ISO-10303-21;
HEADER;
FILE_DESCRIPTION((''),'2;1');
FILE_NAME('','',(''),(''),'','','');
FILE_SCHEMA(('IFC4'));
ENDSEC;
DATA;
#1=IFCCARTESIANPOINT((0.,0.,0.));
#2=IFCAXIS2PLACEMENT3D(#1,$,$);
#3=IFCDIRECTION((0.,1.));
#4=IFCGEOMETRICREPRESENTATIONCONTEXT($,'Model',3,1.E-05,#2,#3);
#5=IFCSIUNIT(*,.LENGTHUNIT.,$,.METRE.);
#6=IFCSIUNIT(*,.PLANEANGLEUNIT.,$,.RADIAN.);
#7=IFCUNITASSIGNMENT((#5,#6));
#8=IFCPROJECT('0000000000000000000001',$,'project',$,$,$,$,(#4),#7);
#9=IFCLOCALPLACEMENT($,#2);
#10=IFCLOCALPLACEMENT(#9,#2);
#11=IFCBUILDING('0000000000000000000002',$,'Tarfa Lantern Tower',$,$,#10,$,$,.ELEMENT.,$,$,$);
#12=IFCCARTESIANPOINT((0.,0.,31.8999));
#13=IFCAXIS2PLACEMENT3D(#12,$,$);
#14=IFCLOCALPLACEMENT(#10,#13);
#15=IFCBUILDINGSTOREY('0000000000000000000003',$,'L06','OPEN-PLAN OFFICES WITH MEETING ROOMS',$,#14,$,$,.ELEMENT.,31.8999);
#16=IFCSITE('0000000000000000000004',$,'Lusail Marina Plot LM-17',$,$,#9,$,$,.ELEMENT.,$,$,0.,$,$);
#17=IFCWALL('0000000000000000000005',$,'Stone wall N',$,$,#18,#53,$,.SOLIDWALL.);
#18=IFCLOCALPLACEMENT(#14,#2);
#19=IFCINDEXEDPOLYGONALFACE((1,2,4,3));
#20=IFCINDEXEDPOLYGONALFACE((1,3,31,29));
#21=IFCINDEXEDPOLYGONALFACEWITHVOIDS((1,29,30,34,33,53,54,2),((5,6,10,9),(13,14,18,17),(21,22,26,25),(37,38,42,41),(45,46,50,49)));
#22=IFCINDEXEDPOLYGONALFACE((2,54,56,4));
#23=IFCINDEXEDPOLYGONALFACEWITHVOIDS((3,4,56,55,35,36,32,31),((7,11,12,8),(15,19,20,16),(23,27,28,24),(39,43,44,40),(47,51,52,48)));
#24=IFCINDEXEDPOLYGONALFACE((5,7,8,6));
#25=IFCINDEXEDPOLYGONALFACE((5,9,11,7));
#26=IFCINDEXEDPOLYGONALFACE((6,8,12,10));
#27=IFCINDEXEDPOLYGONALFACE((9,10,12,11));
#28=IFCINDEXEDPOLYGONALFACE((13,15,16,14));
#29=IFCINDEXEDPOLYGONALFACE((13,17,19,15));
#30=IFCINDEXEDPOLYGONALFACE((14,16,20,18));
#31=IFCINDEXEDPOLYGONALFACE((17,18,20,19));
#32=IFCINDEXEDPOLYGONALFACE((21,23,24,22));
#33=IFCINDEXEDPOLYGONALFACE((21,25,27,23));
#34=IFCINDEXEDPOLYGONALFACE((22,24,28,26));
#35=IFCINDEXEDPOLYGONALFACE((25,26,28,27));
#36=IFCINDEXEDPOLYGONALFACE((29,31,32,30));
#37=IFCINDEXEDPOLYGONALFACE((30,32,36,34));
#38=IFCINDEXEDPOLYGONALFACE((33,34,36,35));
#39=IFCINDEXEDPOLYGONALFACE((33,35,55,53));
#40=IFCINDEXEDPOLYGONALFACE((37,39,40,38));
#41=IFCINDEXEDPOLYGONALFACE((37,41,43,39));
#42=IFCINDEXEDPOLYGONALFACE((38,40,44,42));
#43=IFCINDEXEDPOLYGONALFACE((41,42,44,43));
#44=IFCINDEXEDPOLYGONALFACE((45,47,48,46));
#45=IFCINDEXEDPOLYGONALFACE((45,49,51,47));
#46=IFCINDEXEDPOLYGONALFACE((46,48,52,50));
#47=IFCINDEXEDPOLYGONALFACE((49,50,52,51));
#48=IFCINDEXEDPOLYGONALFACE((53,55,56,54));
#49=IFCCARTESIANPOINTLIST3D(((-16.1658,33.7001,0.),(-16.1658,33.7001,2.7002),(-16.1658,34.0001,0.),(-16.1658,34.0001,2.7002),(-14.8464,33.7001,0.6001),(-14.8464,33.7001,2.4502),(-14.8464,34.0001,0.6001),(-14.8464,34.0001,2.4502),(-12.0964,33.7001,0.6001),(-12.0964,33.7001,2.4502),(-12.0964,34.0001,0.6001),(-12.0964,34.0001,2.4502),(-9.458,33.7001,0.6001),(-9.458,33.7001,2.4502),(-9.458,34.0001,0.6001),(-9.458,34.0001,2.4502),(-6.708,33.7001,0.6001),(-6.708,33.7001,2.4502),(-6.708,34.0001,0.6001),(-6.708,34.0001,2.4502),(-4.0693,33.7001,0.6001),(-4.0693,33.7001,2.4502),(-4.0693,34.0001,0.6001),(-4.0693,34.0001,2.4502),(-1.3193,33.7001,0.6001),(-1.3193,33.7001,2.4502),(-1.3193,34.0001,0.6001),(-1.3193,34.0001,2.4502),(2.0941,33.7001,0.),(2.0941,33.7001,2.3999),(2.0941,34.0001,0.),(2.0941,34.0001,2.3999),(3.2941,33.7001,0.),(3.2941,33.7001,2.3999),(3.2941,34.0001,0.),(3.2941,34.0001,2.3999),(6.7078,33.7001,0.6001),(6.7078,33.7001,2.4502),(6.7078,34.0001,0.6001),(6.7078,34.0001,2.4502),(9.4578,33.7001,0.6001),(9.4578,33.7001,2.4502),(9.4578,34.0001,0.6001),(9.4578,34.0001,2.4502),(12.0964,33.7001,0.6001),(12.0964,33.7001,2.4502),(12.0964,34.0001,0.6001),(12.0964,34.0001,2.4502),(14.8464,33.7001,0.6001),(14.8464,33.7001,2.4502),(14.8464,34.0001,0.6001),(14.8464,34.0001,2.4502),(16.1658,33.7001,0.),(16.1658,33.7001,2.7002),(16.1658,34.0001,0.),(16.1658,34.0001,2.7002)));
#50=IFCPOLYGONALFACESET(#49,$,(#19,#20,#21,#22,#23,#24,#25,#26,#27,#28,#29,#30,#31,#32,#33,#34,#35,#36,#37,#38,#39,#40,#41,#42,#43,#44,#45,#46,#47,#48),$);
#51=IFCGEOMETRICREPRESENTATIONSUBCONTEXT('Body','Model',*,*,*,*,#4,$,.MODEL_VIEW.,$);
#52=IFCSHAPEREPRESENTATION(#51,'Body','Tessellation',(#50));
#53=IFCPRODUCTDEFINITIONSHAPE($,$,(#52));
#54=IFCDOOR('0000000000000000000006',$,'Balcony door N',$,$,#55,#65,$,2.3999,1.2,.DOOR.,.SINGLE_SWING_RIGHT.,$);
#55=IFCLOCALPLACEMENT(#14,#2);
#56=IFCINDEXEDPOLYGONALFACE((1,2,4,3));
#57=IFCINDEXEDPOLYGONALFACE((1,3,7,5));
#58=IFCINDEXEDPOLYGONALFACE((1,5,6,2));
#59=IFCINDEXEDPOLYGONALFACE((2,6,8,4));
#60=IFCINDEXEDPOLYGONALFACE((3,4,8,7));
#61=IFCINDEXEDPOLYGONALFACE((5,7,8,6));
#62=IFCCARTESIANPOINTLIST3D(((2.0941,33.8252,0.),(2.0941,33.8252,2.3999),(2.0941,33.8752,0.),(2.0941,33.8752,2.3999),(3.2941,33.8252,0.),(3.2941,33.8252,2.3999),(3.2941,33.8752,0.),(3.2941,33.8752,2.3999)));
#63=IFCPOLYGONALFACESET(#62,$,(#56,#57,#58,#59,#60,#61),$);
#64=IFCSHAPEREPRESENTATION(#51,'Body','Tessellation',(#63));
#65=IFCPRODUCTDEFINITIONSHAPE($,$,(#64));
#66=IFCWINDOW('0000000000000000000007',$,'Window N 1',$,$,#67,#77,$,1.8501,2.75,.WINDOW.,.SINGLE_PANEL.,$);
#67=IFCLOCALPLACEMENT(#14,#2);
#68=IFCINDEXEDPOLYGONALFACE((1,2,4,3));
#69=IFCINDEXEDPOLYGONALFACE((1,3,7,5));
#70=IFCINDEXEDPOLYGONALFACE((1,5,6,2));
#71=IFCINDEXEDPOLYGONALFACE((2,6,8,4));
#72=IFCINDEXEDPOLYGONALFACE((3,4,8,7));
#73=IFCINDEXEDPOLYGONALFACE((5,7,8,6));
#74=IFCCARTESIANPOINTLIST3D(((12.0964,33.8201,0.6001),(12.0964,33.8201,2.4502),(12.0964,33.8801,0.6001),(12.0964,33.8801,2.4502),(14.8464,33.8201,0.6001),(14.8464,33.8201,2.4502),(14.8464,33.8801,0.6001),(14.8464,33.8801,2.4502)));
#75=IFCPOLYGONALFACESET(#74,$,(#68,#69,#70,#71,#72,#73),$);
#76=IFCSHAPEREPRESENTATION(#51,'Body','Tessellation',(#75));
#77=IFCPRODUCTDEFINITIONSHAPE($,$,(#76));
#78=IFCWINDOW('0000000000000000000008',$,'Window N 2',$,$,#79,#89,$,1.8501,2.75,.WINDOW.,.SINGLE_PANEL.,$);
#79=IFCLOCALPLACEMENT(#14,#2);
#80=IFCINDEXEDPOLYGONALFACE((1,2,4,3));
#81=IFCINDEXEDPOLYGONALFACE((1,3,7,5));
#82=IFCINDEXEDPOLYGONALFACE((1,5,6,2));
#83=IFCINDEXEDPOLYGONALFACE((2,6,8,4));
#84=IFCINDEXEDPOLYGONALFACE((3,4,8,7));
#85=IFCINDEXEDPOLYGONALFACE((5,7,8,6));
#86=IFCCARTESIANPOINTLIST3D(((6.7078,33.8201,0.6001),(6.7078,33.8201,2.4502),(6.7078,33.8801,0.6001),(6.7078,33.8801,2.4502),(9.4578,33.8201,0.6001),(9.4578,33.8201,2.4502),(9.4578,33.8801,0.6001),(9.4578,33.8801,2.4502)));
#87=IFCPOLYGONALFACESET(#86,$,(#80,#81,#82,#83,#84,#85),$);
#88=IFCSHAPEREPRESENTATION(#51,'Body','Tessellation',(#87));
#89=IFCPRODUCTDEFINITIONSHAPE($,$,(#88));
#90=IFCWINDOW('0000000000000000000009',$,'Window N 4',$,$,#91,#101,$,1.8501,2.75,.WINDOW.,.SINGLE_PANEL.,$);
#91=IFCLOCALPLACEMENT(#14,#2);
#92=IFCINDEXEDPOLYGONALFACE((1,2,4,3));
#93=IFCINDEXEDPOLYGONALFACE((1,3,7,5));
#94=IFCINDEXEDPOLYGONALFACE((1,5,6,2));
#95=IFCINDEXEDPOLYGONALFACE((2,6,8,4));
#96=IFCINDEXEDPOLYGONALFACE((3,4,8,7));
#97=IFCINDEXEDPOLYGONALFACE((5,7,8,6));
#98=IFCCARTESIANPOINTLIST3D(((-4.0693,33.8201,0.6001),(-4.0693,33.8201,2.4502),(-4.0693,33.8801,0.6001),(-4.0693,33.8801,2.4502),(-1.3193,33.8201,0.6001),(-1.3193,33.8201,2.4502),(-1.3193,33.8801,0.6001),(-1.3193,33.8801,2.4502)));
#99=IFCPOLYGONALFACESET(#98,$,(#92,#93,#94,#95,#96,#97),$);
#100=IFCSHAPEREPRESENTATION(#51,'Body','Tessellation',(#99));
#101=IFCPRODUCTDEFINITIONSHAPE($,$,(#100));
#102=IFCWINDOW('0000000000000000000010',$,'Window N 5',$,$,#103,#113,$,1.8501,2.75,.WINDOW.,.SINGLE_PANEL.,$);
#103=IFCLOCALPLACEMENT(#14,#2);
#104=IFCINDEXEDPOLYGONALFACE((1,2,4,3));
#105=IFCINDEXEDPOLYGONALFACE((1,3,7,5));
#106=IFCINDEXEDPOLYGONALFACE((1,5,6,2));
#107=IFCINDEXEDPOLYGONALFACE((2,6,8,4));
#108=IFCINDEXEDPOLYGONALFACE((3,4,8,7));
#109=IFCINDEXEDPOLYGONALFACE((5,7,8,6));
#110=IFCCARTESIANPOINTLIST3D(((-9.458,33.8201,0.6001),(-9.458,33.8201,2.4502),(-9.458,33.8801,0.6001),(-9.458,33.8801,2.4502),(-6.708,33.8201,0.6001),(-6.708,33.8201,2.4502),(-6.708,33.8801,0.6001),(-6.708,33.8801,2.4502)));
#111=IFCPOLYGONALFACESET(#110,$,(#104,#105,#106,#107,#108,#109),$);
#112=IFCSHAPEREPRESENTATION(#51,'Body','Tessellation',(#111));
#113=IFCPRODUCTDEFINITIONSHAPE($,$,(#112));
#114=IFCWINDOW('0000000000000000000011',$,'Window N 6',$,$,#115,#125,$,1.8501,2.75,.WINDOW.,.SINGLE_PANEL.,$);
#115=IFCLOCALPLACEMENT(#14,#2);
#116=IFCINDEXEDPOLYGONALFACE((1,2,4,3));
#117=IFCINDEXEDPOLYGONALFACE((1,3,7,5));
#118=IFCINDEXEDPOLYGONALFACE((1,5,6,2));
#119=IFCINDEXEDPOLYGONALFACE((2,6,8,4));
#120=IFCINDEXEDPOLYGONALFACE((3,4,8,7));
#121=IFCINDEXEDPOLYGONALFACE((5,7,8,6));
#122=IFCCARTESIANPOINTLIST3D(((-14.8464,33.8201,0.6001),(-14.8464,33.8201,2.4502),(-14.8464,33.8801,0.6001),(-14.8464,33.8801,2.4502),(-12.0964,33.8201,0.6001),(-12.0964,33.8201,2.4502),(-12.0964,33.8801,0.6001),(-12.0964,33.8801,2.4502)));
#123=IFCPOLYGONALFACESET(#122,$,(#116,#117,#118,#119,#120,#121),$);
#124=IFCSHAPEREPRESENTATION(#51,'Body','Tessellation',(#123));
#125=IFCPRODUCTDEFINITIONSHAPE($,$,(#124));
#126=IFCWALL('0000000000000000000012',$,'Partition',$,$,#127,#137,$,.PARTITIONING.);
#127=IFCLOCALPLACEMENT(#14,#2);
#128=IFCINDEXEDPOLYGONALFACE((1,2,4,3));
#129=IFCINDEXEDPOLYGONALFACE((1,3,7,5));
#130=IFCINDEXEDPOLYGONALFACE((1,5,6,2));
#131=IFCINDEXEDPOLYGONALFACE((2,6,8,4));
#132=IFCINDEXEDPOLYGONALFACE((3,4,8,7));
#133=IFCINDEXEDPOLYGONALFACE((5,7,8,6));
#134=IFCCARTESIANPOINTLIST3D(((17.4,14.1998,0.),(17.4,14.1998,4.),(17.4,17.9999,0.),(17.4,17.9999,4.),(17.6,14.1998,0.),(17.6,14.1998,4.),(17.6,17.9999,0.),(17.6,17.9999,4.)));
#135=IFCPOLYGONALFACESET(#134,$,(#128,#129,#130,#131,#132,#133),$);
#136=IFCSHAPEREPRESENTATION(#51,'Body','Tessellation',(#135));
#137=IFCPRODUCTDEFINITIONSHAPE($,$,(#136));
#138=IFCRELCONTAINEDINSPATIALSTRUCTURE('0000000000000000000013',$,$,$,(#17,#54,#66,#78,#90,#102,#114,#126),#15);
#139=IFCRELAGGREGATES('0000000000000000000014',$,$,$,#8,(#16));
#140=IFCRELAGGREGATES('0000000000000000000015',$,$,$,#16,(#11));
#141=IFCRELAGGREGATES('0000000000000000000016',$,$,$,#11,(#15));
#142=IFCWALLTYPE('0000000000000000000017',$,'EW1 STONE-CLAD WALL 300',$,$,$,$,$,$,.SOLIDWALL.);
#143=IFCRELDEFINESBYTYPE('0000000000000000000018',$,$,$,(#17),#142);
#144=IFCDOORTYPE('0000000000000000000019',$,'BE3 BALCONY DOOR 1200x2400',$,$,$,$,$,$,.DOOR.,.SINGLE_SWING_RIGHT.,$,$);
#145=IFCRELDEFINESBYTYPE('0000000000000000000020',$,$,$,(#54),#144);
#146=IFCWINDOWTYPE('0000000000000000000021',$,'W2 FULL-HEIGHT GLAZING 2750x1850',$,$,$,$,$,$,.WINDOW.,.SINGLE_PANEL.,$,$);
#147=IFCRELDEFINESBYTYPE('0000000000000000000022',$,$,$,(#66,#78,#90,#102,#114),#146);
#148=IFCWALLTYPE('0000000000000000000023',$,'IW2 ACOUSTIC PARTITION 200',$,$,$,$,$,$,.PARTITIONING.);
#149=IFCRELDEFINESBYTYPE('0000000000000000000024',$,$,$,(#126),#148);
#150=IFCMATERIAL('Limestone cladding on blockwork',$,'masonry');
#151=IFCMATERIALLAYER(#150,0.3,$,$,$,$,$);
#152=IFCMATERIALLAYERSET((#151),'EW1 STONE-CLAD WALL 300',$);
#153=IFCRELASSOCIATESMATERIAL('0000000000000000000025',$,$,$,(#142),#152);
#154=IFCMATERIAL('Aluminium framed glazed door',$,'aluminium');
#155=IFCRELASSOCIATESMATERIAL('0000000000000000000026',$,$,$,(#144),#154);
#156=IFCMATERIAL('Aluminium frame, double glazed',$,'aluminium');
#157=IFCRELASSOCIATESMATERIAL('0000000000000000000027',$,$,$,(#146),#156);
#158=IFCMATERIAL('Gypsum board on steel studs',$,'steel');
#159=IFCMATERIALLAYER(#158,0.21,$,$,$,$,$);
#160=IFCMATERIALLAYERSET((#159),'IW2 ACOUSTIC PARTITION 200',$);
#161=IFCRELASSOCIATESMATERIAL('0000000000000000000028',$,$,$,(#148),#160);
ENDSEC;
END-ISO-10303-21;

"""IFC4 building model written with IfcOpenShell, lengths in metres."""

from ifc_helpers import new_model, si_unit, direction, frame, frame_2d, origin, place, context, subcontext, project, spatial, rectangle, extrude, material, layer, layer_set, type_object, element, fill, save


model = new_model("IFC4")

# Units and contexts
model_context = context("Model", 3, precision=1e-05, world=origin(), true_north=direction((0.0, 1.0)))
body_context = subcontext(model_context, "Body", "Model", "MODEL_VIEW")
ifc_project = project(units=[si_unit("LENGTHUNIT", "METRE"), si_unit("PLANEANGLEUNIT", "RADIAN")], contexts=[model_context])

# Site, building, storey
site_placement = place(None, origin())
site = spatial("IfcSite", under=ifc_project, at=site_placement, Name="Lusail Marina Plot LM-17", CompositionType="ELEMENT", RefElevation=0.0)
building_placement = place(site_placement, origin())
building = spatial("IfcBuilding", under=site, at=building_placement, Name="Tarfa Lantern Tower", CompositionType="ELEMENT")
storey_placement = place(building_placement, frame((0.0, 0.0, 31.8999)))
storey = spatial("IfcBuildingStorey", under=building, at=storey_placement, Name="L06", Description="OPEN-PLAN OFFICES WITH MEETING ROOMS", CompositionType="ELEMENT", Elevation=31.8999)

# Wall, openings, door, windows
ifc_material_1 = material(Name="Limestone cladding on blockwork", Category="masonry")
ifc_layer_1 = layer(ifc_material_1, 0.3)
ifc_layer_set_1 = layer_set([ifc_layer_1], Name="EW1 STONE-CLAD WALL 300")
wall_type_1 = type_object("IfcWallType", Name="EW1 STONE-CLAD WALL 300", PredefinedType="SOLIDWALL", material=ifc_layer_set_1)
wall_1_placement = place(storey_placement, frame((16.1658, 33.8501, 0.0), z_axis=(0.0, 0.0, 1.0), x_axis=(-1.0, 0.0, 0.0)))
wall_1 = element("IfcWall", 1, at=wall_1_placement, inside=storey, type_object=wall_type_1, Name="Stone wall N", PredefinedType="SOLIDWALL", context=body_context, shape_type="SweptSolid", body=[
    extrude(rectangle(XDim=32.3315, YDim=0.3, at=frame_2d((16.1658, 0.0))), origin(), (0.0, 0.0, 1.0), 2.7002),
])
opening_1_placement = place(wall_1_placement, frame((1.3193, 0.0, 0.6001)))
opening_1 = element("IfcOpeningElement", 2, at=opening_1_placement, cuts=wall_1, PredefinedType="OPENING", context=body_context, shape_type="SweptSolid", body=[
    extrude(rectangle(XDim=2.75, YDim=1.8501, at=frame_2d((1.375, 0.925))), frame((0.0, 0.1599, 0.0), z_axis=(0.0, -1.0, 0.0), x_axis=(1.0, 0.0, 0.0)), (0.0, 0.0, 1.0), 0.3201),
])
opening_2_placement = place(wall_1_placement, frame((6.708, 0.0, 0.6001)))
opening_2 = element("IfcOpeningElement", 3, at=opening_2_placement, cuts=wall_1, PredefinedType="OPENING", context=body_context, shape_type="SweptSolid", body=[
    extrude(rectangle(XDim=2.75, YDim=1.8501, at=frame_2d((1.375, 0.925))), frame((0.0, 0.1599, 0.0), z_axis=(0.0, -1.0, 0.0), x_axis=(1.0, 0.0, 0.0)), (0.0, 0.0, 1.0), 0.3201),
])
opening_3_placement = place(wall_1_placement, frame((12.8716, 0.0, 0.0)))
opening_3 = element("IfcOpeningElement", 4, at=opening_3_placement, cuts=wall_1, PredefinedType="OPENING", context=body_context, shape_type="SweptSolid", body=[
    extrude(rectangle(XDim=1.2, YDim=2.3999, at=frame_2d((0.6001, 1.2))), frame((0.0, 0.1599, 0.0), z_axis=(0.0, -1.0, 0.0), x_axis=(1.0, 0.0, 0.0)), (0.0, 0.0, 1.0), 0.3201),
])
opening_4_placement = place(wall_1_placement, frame((17.4851, 0.0, 0.6001)))
opening_4 = element("IfcOpeningElement", 5, at=opening_4_placement, cuts=wall_1, PredefinedType="OPENING", context=body_context, shape_type="SweptSolid", body=[
    extrude(rectangle(XDim=2.75, YDim=1.8501, at=frame_2d((1.375, 0.925))), frame((0.0, 0.1599, 0.0), z_axis=(0.0, -1.0, 0.0), x_axis=(1.0, 0.0, 0.0)), (0.0, 0.0, 1.0), 0.3201),
])
opening_5_placement = place(wall_1_placement, frame((22.8738, 0.0, 0.6001)))
opening_5 = element("IfcOpeningElement", 6, at=opening_5_placement, cuts=wall_1, PredefinedType="OPENING", context=body_context, shape_type="SweptSolid", body=[
    extrude(rectangle(XDim=2.75, YDim=1.8501, at=frame_2d((1.375, 0.925))), frame((0.0, 0.1599, 0.0), z_axis=(0.0, -1.0, 0.0), x_axis=(1.0, 0.0, 0.0)), (0.0, 0.0, 1.0), 0.3201),
])
opening_6_placement = place(wall_1_placement, frame((28.2622, 0.0, 0.6001)))
opening_6 = element("IfcOpeningElement", 7, at=opening_6_placement, cuts=wall_1, PredefinedType="OPENING", context=body_context, shape_type="SweptSolid", body=[
    extrude(rectangle(XDim=2.75, YDim=1.8501, at=frame_2d((1.375, 0.925))), frame((0.0, 0.1599, 0.0), z_axis=(0.0, -1.0, 0.0), x_axis=(1.0, 0.0, 0.0)), (0.0, 0.0, 1.0), 0.3201),
])
ifc_material_2 = material(Name="Aluminium framed glazed door", Category="aluminium")
door_type_1 = type_object("IfcDoorType", Name="BE3 BALCONY DOOR 1200x2400", OperationType="SINGLE_SWING_RIGHT", PredefinedType="DOOR", material=ifc_material_2)
door_1_placement = place(opening_3_placement, origin())
door_1 = element("IfcDoor", 8, at=door_1_placement, inside=storey, type_object=door_type_1, Name="Balcony door N", OperationType="SINGLE_SWING_RIGHT", OverallHeight=2.3999, OverallWidth=1.2, PredefinedType="DOOR", context=body_context, shape_type="SweptSolid", body=[
    extrude(rectangle(XDim=1.2, YDim=2.3999, at=frame_2d((0.6001, 1.2))), frame((0.0, 0.0249, 0.0), z_axis=(0.0, -1.0, 0.0), x_axis=(1.0, 0.0, 0.0)), (0.0, 0.0, 1.0), 0.05),
])
fill(opening_3, door_1)
ifc_material_3 = material(Name="Aluminium frame, double glazed", Category="aluminium")
window_type = type_object("IfcWindowType", Name="W2 FULL-HEIGHT GLAZING 2750x1850", PartitioningType="SINGLE_PANEL", PredefinedType="WINDOW", material=ifc_material_3)
window_1_placement = place(opening_1_placement, origin())
window_1 = element("IfcWindow", 9, at=window_1_placement, inside=storey, type_object=window_type, Name="Window N 1", OverallHeight=1.8501, OverallWidth=2.75, PartitioningType="SINGLE_PANEL", PredefinedType="WINDOW", context=body_context, shape_type="SweptSolid", body=[
    extrude(rectangle(XDim=2.75, YDim=1.8501, at=frame_2d((1.375, 0.925))), frame((0.0, 0.03, 0.0), z_axis=(0.0, -1.0, 0.0), x_axis=(1.0, 0.0, 0.0)), (0.0, 0.0, 1.0), 0.0601),
])
fill(opening_1, window_1)
window_2_placement = place(opening_2_placement, origin())
window_2 = element("IfcWindow", 10, at=window_2_placement, inside=storey, type_object=window_type, Name="Window N 2", OverallHeight=1.8501, OverallWidth=2.75, PartitioningType="SINGLE_PANEL", PredefinedType="WINDOW", context=body_context, shape_type="SweptSolid", body=[
    extrude(rectangle(XDim=2.75, YDim=1.8501, at=frame_2d((1.375, 0.925))), frame((0.0, 0.03, 0.0), z_axis=(0.0, -1.0, 0.0), x_axis=(1.0, 0.0, 0.0)), (0.0, 0.0, 1.0), 0.0601),
])
fill(opening_2, window_2)
window_3_placement = place(opening_4_placement, origin())
window_3 = element("IfcWindow", 11, at=window_3_placement, inside=storey, type_object=window_type, Name="Window N 4", OverallHeight=1.8501, OverallWidth=2.75, PartitioningType="SINGLE_PANEL", PredefinedType="WINDOW", context=body_context, shape_type="SweptSolid", body=[
    extrude(rectangle(XDim=2.75, YDim=1.8501, at=frame_2d((1.375, 0.925))), frame((0.0, 0.03, 0.0), z_axis=(0.0, -1.0, 0.0), x_axis=(1.0, 0.0, 0.0)), (0.0, 0.0, 1.0), 0.0601),
])
fill(opening_4, window_3)
window_4_placement = place(opening_5_placement, origin())
window_4 = element("IfcWindow", 12, at=window_4_placement, inside=storey, type_object=window_type, Name="Window N 5", OverallHeight=1.8501, OverallWidth=2.75, PartitioningType="SINGLE_PANEL", PredefinedType="WINDOW", context=body_context, shape_type="SweptSolid", body=[
    extrude(rectangle(XDim=2.75, YDim=1.8501, at=frame_2d((1.375, 0.925))), frame((0.0, 0.03, 0.0), z_axis=(0.0, -1.0, 0.0), x_axis=(1.0, 0.0, 0.0)), (0.0, 0.0, 1.0), 0.0601),
])
fill(opening_5, window_4)
window_5_placement = place(opening_6_placement, origin())
window_5 = element("IfcWindow", 13, at=window_5_placement, inside=storey, type_object=window_type, Name="Window N 6", OverallHeight=1.8501, OverallWidth=2.75, PartitioningType="SINGLE_PANEL", PredefinedType="WINDOW", context=body_context, shape_type="SweptSolid", body=[
    extrude(rectangle(XDim=2.75, YDim=1.8501, at=frame_2d((1.375, 0.925))), frame((0.0, 0.03, 0.0), z_axis=(0.0, -1.0, 0.0), x_axis=(1.0, 0.0, 0.0)), (0.0, 0.0, 1.0), 0.0601),
])
fill(opening_6, window_5)

# Wall
ifc_material_4 = material(Name="Gypsum board on steel studs", Category="steel")
ifc_layer_2 = layer(ifc_material_4, 0.21)
ifc_layer_set_2 = layer_set([ifc_layer_2], Name="IW2 ACOUSTIC PARTITION 200")
wall_type_2 = type_object("IfcWallType", Name="IW2 ACOUSTIC PARTITION 200", PredefinedType="PARTITIONING", material=ifc_layer_set_2)
wall_2_placement = place(storey_placement, frame((17.5, 14.2, 0.0), z_axis=(0.0, 0.0, 1.0), x_axis=(0.0, 1.0, 0.0)))
element("IfcWall", 14, at=wall_2_placement, inside=storey, type_object=wall_type_2, Name="Partition", PredefinedType="PARTITIONING", context=body_context, shape_type="SweptSolid", body=[
    extrude(rectangle(XDim=3.8, YDim=0.2, at=frame_2d((1.8999, 0.0))), origin(), (0.0, 0.0, 1.0), 4.0),
])

save(model, "model.ifc")
